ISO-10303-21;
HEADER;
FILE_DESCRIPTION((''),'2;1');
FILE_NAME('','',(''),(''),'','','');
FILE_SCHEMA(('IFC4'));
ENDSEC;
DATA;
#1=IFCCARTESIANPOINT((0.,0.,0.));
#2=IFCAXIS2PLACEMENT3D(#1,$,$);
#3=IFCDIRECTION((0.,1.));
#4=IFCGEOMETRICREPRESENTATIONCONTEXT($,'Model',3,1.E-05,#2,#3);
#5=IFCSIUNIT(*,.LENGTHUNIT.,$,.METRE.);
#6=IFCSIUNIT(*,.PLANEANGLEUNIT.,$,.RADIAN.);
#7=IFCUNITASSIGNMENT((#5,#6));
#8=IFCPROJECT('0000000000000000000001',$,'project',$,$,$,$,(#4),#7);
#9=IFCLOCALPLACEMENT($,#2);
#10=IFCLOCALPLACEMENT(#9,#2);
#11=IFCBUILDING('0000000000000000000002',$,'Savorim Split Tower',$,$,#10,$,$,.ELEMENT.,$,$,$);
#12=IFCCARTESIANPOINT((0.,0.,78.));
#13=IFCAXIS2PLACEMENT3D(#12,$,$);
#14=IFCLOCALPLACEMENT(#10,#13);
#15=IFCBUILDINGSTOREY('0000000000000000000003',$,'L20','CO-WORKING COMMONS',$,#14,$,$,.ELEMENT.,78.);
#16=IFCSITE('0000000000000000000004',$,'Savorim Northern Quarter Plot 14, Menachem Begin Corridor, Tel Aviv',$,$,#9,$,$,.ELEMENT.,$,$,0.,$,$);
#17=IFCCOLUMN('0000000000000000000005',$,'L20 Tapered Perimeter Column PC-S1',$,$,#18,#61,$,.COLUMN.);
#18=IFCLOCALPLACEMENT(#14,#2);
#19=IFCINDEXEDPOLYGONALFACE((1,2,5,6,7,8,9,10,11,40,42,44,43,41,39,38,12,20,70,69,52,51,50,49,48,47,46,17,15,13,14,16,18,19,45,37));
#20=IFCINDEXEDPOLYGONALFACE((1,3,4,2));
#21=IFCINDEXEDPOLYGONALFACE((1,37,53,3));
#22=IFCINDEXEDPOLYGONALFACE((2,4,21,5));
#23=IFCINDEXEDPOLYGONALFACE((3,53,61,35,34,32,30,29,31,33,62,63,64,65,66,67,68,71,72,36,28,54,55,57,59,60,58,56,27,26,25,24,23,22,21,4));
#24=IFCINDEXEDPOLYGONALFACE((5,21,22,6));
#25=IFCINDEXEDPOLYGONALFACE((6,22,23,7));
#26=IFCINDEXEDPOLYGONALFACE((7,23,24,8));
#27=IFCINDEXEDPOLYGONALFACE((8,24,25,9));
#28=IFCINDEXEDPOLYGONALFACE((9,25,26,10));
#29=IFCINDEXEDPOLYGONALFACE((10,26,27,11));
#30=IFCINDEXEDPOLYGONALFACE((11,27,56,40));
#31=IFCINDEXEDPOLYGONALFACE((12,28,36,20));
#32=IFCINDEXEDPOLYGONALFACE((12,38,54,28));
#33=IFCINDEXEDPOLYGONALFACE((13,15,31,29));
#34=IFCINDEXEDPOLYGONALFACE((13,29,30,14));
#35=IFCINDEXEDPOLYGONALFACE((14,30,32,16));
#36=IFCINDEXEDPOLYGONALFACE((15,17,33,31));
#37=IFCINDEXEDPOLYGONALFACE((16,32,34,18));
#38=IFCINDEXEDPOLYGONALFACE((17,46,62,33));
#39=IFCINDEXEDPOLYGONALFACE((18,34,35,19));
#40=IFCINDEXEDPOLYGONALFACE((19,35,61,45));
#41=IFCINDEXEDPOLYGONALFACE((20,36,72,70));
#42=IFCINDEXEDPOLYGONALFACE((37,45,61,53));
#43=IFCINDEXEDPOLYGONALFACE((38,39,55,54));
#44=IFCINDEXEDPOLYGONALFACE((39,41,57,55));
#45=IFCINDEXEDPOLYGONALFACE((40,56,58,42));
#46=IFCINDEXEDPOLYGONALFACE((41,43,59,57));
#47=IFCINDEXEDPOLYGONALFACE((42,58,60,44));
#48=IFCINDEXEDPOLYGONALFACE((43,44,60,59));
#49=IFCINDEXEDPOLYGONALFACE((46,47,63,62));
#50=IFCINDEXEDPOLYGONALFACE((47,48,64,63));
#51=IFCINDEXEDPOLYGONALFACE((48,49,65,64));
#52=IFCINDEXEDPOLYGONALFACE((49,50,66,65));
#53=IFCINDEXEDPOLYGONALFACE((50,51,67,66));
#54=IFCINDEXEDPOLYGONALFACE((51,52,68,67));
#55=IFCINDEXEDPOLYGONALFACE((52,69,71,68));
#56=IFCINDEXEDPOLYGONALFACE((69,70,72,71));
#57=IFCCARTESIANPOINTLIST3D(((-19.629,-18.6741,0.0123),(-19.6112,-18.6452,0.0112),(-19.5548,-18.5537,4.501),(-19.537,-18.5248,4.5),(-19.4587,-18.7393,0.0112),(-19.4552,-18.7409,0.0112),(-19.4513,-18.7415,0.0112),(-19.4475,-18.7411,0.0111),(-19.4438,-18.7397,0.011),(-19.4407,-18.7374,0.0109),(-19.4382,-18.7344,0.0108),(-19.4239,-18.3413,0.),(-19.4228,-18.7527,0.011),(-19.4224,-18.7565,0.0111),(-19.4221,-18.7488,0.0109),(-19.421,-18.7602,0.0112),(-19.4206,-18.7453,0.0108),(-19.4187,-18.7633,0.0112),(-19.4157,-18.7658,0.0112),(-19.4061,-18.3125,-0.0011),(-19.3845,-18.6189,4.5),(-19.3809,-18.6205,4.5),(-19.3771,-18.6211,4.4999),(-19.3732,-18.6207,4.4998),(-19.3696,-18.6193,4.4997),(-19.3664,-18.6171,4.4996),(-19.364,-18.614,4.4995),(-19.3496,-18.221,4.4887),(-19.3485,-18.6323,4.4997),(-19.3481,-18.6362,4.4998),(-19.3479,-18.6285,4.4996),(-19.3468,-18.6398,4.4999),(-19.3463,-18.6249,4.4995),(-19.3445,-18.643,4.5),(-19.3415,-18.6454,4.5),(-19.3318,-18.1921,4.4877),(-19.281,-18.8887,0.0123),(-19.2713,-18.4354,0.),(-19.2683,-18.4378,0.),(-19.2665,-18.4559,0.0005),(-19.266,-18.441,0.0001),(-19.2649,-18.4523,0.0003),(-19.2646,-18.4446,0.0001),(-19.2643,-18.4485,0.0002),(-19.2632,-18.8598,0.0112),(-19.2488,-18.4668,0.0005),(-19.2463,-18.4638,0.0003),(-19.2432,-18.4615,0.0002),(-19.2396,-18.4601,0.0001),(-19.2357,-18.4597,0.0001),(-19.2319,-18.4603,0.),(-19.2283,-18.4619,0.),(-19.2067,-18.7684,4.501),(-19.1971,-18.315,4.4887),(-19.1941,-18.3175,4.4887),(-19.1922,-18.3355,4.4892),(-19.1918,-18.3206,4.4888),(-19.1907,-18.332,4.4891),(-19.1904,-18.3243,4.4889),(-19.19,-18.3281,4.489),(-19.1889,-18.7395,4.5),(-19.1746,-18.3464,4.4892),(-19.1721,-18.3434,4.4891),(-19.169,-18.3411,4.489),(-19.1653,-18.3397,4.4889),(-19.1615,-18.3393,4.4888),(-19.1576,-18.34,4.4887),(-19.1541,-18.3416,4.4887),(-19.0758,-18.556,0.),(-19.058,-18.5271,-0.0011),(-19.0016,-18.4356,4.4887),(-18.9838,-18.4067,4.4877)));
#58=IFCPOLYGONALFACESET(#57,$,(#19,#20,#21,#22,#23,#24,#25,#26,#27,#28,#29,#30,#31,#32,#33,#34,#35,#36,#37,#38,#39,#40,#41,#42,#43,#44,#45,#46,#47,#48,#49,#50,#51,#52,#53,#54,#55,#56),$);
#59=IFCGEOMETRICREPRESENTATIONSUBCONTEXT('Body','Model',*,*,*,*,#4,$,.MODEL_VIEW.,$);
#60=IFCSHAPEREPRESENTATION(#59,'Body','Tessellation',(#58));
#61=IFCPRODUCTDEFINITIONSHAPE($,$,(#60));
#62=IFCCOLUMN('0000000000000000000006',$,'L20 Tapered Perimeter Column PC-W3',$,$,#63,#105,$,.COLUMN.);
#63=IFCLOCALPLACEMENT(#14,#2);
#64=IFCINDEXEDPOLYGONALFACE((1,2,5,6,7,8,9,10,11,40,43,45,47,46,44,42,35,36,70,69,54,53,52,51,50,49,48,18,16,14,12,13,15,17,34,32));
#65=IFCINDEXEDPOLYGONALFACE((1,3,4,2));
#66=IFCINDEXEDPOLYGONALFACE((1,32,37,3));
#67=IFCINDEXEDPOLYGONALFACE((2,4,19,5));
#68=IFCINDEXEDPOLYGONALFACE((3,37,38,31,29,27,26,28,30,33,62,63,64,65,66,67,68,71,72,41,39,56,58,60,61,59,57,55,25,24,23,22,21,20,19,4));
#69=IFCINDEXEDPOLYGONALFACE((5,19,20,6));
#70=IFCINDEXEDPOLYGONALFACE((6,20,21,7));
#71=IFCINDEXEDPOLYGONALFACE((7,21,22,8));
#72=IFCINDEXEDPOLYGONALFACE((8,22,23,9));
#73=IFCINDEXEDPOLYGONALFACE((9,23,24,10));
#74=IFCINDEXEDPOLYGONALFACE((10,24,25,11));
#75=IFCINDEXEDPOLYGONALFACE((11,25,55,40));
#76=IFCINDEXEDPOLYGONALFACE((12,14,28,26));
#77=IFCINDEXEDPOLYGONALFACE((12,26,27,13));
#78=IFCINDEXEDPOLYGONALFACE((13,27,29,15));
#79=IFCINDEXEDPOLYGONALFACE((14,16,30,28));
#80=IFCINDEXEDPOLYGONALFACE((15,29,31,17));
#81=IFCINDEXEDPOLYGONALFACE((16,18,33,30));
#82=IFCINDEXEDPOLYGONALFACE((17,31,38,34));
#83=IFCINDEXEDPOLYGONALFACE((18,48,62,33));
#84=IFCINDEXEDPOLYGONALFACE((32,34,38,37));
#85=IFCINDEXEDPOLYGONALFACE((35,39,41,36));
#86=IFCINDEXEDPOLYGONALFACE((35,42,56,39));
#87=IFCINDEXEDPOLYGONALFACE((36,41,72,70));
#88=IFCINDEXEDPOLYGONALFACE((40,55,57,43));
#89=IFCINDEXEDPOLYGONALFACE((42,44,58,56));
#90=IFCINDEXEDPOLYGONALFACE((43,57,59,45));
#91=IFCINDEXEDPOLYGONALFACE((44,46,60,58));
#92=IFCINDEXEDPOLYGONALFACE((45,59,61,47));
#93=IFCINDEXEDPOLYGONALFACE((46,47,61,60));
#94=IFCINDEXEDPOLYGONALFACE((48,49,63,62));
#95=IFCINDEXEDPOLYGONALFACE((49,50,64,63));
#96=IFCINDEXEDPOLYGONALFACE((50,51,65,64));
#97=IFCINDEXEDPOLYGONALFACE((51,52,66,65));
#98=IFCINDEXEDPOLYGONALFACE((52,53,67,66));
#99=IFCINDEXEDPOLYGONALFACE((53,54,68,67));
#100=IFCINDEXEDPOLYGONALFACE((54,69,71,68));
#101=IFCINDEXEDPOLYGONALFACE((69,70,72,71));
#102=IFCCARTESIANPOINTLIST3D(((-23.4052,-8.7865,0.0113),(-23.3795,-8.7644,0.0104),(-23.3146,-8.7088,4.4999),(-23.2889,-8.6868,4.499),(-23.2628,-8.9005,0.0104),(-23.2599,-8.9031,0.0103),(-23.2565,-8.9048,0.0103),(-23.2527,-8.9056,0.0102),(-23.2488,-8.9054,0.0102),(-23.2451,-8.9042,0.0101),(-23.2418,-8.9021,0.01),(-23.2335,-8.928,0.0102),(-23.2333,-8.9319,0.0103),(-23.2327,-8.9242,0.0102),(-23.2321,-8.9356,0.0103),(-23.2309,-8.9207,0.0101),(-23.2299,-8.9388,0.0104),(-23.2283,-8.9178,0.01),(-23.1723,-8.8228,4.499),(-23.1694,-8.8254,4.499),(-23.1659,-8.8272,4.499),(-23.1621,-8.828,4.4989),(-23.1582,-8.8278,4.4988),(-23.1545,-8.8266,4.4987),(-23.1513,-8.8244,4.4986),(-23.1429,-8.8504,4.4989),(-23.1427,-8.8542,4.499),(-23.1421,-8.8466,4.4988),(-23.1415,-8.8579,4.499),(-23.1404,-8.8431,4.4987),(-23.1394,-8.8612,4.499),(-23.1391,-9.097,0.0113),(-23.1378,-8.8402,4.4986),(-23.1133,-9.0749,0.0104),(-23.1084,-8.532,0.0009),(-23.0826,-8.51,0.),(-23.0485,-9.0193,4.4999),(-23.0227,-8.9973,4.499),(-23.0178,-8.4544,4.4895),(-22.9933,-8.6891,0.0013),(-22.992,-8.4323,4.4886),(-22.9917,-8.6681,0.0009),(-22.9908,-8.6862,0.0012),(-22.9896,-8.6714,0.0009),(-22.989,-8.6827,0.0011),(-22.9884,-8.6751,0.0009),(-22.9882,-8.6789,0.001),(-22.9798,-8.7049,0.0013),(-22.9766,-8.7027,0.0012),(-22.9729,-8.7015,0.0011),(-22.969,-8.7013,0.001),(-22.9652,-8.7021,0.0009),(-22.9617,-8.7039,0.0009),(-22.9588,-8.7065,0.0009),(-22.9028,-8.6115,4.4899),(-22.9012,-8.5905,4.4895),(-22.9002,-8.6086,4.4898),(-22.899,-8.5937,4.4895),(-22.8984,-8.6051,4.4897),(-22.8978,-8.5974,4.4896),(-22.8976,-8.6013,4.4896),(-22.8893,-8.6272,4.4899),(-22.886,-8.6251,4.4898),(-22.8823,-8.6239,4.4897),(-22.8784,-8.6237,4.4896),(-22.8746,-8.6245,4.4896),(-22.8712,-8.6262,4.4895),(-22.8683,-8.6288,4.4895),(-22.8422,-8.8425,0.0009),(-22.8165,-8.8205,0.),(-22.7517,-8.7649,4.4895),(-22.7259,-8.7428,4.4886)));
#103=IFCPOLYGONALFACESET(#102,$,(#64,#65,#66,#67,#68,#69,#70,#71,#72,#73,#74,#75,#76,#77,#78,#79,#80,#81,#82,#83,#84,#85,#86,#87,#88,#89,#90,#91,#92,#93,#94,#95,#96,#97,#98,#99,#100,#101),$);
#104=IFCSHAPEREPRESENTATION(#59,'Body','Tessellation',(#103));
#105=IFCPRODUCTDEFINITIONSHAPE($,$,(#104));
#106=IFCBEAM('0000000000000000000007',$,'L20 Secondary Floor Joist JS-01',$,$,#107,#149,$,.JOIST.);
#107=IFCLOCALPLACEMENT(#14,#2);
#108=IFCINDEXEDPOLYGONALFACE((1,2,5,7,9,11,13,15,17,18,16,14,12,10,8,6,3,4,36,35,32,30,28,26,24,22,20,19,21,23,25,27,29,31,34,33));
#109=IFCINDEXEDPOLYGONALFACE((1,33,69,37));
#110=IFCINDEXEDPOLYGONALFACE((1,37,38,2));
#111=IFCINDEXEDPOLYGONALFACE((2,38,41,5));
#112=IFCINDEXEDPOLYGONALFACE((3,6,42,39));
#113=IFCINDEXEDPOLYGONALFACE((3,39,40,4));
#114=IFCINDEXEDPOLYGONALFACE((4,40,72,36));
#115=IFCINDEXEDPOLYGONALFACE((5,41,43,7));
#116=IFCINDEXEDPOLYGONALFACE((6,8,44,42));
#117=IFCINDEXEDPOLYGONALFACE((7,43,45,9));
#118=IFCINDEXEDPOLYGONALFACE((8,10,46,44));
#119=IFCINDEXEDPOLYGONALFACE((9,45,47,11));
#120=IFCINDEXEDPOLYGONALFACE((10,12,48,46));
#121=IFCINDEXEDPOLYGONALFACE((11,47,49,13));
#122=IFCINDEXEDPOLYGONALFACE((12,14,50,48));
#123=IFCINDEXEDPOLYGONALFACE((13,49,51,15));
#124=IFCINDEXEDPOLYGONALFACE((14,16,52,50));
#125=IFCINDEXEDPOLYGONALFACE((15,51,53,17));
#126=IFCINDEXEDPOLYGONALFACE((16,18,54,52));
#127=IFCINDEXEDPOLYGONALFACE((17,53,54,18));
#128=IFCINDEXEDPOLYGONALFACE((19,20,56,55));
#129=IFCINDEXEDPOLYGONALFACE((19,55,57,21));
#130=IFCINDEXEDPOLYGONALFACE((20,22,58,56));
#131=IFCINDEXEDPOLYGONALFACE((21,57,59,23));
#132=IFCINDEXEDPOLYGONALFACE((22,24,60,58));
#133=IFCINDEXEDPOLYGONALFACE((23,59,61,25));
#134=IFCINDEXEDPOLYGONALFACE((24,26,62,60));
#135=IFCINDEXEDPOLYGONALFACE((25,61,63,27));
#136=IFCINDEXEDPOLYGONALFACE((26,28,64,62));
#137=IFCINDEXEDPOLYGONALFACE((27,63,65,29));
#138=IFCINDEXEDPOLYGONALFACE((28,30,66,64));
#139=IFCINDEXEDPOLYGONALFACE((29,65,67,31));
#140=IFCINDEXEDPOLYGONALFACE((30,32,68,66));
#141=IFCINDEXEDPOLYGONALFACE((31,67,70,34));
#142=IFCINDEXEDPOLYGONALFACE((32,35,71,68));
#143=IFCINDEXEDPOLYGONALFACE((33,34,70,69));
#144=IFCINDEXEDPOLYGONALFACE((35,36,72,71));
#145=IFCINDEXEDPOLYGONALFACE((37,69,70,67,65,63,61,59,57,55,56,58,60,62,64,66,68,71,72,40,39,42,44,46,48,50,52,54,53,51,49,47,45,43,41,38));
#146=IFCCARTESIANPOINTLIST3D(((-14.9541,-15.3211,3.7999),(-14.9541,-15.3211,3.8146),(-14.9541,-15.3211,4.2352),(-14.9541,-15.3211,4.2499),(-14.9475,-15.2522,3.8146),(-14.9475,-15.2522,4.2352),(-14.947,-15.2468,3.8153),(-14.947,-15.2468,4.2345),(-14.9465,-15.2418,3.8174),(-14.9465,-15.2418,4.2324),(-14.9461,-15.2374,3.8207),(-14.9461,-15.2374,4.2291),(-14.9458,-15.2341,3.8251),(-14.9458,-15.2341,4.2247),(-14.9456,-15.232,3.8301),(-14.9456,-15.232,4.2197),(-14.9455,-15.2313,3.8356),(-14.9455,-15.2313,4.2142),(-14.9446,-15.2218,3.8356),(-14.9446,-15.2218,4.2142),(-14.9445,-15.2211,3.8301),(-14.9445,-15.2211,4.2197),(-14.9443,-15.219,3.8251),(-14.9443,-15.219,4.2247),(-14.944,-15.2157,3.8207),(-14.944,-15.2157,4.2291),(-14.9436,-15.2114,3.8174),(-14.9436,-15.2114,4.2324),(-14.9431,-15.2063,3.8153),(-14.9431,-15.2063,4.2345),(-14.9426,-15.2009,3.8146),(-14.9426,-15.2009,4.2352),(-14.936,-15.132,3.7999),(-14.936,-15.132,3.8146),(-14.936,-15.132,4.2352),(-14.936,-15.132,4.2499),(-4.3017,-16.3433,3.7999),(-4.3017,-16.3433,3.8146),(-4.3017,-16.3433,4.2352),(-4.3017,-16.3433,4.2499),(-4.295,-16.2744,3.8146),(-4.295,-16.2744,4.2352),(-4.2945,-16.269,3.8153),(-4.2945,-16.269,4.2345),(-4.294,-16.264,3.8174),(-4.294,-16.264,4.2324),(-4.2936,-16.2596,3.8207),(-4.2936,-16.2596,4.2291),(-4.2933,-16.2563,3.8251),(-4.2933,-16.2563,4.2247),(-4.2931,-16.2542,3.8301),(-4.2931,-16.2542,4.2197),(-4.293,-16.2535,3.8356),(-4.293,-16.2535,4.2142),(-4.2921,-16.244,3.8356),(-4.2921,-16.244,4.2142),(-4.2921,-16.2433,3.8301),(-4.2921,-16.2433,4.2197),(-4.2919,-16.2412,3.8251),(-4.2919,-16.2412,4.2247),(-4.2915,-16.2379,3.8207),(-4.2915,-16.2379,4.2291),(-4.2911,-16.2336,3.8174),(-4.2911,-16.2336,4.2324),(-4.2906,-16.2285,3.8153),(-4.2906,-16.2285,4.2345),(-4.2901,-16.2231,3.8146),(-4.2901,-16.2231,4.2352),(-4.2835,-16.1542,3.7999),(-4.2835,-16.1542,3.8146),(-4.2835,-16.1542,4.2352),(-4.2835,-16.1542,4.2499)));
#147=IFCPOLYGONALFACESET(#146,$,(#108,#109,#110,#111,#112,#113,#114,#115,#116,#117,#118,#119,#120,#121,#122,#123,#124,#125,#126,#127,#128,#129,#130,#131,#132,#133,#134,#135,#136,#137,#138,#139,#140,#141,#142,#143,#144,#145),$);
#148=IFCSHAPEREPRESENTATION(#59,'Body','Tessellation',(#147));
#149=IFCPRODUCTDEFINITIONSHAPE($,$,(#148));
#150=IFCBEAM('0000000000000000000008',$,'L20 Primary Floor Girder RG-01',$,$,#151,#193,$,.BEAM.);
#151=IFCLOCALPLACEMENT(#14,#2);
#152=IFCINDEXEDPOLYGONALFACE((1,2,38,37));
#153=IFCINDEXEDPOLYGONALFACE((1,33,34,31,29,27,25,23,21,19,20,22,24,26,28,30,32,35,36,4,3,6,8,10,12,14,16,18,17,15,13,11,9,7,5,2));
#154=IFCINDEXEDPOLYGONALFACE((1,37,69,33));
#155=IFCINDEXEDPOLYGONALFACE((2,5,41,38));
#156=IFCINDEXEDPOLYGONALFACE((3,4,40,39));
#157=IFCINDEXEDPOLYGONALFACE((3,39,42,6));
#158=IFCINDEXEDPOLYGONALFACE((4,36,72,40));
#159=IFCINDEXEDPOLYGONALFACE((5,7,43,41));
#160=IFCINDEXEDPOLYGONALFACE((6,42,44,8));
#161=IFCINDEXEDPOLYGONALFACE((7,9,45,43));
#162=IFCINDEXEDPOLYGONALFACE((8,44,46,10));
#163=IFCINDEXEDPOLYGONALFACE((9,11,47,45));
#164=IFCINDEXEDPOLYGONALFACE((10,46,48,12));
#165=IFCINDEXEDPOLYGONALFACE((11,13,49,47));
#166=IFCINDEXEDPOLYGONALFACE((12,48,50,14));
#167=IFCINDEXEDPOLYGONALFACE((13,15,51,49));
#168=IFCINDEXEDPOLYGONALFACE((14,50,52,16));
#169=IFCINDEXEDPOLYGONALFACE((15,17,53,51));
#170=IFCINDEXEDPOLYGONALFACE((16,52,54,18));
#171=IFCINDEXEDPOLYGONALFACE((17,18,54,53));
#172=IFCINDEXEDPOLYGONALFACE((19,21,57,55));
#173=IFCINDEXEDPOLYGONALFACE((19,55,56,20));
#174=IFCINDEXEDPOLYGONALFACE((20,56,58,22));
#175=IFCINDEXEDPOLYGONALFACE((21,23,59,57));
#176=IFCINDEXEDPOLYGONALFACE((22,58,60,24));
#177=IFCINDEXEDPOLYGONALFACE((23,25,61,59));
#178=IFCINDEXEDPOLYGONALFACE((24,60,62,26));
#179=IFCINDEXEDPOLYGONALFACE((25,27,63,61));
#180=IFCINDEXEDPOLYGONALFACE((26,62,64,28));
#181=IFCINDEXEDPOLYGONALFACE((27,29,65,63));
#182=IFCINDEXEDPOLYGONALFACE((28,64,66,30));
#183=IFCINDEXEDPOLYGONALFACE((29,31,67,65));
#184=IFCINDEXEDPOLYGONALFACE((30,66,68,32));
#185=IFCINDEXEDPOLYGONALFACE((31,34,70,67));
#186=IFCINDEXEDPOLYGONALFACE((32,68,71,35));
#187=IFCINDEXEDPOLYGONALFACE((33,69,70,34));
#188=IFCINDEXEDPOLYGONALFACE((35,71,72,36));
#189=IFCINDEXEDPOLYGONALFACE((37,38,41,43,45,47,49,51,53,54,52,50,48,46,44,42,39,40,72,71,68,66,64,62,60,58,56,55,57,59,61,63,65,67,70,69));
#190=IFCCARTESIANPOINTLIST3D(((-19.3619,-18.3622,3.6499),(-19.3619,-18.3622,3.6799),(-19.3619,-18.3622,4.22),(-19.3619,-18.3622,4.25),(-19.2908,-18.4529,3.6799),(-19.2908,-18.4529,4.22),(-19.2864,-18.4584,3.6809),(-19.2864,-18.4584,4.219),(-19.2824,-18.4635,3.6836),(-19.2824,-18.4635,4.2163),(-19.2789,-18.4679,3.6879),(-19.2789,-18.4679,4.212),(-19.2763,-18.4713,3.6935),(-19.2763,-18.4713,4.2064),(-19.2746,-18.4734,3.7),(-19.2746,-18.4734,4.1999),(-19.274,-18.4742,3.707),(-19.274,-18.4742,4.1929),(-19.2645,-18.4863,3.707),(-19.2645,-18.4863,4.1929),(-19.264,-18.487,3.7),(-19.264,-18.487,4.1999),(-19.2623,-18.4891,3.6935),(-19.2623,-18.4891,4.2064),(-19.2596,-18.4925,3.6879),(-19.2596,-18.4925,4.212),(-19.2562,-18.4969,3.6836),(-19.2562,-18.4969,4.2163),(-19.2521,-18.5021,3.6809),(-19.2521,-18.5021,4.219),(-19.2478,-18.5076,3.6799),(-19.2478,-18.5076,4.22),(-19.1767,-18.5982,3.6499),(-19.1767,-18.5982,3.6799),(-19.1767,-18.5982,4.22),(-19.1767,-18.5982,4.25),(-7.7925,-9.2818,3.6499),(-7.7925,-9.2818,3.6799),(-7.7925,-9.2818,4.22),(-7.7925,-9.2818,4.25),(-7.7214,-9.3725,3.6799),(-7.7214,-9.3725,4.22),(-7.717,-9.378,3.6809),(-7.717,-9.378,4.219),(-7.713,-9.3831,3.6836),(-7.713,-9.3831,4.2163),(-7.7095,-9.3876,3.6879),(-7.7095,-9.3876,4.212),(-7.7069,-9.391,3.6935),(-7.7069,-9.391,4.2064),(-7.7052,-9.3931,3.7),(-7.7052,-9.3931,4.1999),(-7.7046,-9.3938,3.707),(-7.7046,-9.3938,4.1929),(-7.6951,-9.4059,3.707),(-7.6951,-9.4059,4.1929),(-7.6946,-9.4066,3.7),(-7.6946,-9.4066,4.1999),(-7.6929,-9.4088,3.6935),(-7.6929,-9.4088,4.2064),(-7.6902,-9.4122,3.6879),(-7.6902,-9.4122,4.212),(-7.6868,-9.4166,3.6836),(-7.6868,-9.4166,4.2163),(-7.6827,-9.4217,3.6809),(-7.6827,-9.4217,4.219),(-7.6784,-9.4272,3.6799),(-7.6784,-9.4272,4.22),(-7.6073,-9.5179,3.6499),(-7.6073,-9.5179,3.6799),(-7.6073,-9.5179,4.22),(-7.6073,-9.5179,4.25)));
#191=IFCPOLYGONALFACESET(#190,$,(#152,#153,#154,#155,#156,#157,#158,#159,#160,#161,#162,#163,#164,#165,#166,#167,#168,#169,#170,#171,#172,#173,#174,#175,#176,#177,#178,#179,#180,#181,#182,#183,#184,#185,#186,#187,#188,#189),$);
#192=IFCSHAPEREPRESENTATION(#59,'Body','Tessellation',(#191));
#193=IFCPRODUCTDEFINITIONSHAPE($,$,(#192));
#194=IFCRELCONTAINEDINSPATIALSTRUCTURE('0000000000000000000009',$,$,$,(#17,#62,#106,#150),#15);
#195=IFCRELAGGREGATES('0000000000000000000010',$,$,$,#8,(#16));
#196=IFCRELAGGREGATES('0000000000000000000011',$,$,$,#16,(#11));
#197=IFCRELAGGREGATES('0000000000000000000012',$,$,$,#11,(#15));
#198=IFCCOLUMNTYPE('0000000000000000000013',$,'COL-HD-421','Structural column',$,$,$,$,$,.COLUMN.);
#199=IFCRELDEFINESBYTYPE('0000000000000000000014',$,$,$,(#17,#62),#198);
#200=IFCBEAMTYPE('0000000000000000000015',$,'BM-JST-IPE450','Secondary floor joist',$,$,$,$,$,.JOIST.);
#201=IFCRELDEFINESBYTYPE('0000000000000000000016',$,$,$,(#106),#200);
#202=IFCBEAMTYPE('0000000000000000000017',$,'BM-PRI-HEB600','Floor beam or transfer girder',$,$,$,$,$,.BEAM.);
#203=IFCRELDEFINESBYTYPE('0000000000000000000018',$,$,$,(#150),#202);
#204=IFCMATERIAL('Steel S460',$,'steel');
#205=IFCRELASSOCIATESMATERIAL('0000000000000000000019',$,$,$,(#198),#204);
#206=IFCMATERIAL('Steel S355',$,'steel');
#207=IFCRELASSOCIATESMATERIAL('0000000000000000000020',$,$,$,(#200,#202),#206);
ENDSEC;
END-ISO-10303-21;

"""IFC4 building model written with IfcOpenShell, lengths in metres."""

from ifc_helpers import new_model, si_unit, direction, frame, origin, origin_2d, place, context, subcontext, project, spatial, i_section, extrude, material, material_profile, profile_set, type_object, element, save


model = new_model("IFC4")

# Units and contexts
model_context = context("Model", 3, precision=1e-05, world=origin(), true_north=direction((0.0, 1.0)))
body_context = subcontext(model_context, "Body", "Model", "MODEL_VIEW")
ifc_project = project(units=[si_unit("LENGTHUNIT", "METRE"), si_unit("PLANEANGLEUNIT", "RADIAN")], contexts=[model_context])

# Site, building, storey
site_placement = place(None, origin())
site = spatial("IfcSite", under=ifc_project, at=site_placement, Name="Savorim Northern Quarter Plot 14, Menachem Begin Corridor, Tel Aviv", CompositionType="ELEMENT", RefElevation=0.0)
building_placement = place(site_placement, origin())
building = spatial("IfcBuilding", under=site, at=building_placement, Name="Savorim Split Tower", CompositionType="ELEMENT")
storey_placement = place(building_placement, frame((0.0, 0.0, 78.0)))
storey = spatial("IfcBuildingStorey", under=building, at=storey_placement, Name="L20", Description="CO-WORKING COMMONS", CompositionType="ELEMENT", Elevation=78.0)

# Columns
ifc_material_1 = material(Name="Steel S460", Category="steel")
ifc_material_profile_1 = material_profile(ifc_material_1, i_section(OverallWidth=0.4089, OverallDepth=0.425, WebThickness=0.0208, FlangeThickness=0.0339, FilletRadius=0.0149, at=origin_2d()), Name="HD 400x421")
ifc_profile_set_1 = profile_set([ifc_material_profile_1], Name="Steel S460")
column_type = type_object("IfcColumnType", Name="COL-HD-421", Description="Structural column", PredefinedType="COLUMN", material=ifc_profile_set_1)
column_1_placement = place(storey_placement, frame((-19.3435, -18.6006, 0.0056), z_axis=(0.016526, 0.026801, 0.999504), x_axis=(-0.851184, 0.524868, 0.0)))
element("IfcColumn", 1, at=column_1_placement, inside=storey, type_object=column_type, Name="L20 Tapered Perimeter Column PC-S1", PredefinedType="COLUMN", context=body_context, shape_type="SweptSolid", body=[
    extrude(i_section(OverallWidth=0.4089, OverallDepth=0.425, WebThickness=0.0208, FlangeThickness=0.0339, FilletRadius=0.0149, at=origin_2d()), origin(), (0.0, 0.0, 1.0), 4.491),
])
column_2_placement = place(storey_placement, frame((-23.1108, -8.8035, 0.0056), z_axis=(0.020171, 0.01729, 0.999647), x_axis=(-0.650791, 0.759257, 0.0)))
element("IfcColumn", 2, at=column_2_placement, inside=storey, type_object=column_type, Name="L20 Tapered Perimeter Column PC-W3", PredefinedType="COLUMN", context=body_context, shape_type="SweptSolid", body=[
    extrude(i_section(OverallWidth=0.4089, OverallDepth=0.425, WebThickness=0.0208, FlangeThickness=0.0339, FilletRadius=0.0149, at=origin_2d()), origin(), (0.0, 0.0, 1.0), 4.4902),
])

# Beams
ifc_material_2 = material(Name="Steel S355", Category="steel")
ifc_material_profile_2 = material_profile(ifc_material_2, i_section(OverallWidth=0.1899, OverallDepth=0.45, WebThickness=0.0095, FlangeThickness=0.0146, FilletRadius=0.021, at=origin_2d()), Name="IPE 450")
ifc_profile_set_2 = profile_set([ifc_material_profile_2], Name="Steel S355")
beam_type_1 = type_object("IfcBeamType", Name="BM-JST-IPE450", Description="Secondary floor joist", PredefinedType="JOIST", material=ifc_profile_set_2)
beam_1_placement = place(storey_placement, frame((-14.9451, -15.2266, 4.0249), z_axis=(0.995427, -0.095521, 0.0), x_axis=(0.095521, 0.995427, 0.0)))
element("IfcBeam", 3, at=beam_1_placement, inside=storey, type_object=beam_type_1, Name="L20 Secondary Floor Joist JS-01", PredefinedType="JOIST", context=body_context, shape_type="SweptSolid", body=[
    extrude(i_section(OverallWidth=0.1899, OverallDepth=0.45, WebThickness=0.0095, FlangeThickness=0.0146, FilletRadius=0.021, at=origin_2d()), origin(), (0.0, 0.0, 1.0), 10.7014),
])
ifc_material_profile_3 = material_profile(ifc_material_2, i_section(OverallWidth=0.3, OverallDepth=0.6001, WebThickness=0.0154, FlangeThickness=0.03, FilletRadius=0.0271, at=origin_2d()), Name="HEB 600")
ifc_profile_set_3 = profile_set([ifc_material_profile_3], Name="Steel S355")
beam_type_2 = type_object("IfcBeamType", Name="BM-PRI-HEB600", Description="Floor beam or transfer girder", PredefinedType="BEAM", material=ifc_profile_set_3)
beam_2_placement = place(storey_placement, frame((-19.2693, -18.4802, 3.95), z_axis=(0.786644, 0.617407, 0.0), x_axis=(-0.617407, 0.786644, 0.0)))
element("IfcBeam", 4, at=beam_2_placement, inside=storey, type_object=beam_type_2, Name="L20 Primary Floor Girder RG-01", PredefinedType="BEAM", context=body_context, shape_type="SweptSolid", body=[
    extrude(i_section(OverallWidth=0.3, OverallDepth=0.6001, WebThickness=0.0154, FlangeThickness=0.03, FilletRadius=0.0271, at=origin_2d()), origin(), (0.0, 0.0, 1.0), 14.7073),
])

save(model, "model.ifc")
